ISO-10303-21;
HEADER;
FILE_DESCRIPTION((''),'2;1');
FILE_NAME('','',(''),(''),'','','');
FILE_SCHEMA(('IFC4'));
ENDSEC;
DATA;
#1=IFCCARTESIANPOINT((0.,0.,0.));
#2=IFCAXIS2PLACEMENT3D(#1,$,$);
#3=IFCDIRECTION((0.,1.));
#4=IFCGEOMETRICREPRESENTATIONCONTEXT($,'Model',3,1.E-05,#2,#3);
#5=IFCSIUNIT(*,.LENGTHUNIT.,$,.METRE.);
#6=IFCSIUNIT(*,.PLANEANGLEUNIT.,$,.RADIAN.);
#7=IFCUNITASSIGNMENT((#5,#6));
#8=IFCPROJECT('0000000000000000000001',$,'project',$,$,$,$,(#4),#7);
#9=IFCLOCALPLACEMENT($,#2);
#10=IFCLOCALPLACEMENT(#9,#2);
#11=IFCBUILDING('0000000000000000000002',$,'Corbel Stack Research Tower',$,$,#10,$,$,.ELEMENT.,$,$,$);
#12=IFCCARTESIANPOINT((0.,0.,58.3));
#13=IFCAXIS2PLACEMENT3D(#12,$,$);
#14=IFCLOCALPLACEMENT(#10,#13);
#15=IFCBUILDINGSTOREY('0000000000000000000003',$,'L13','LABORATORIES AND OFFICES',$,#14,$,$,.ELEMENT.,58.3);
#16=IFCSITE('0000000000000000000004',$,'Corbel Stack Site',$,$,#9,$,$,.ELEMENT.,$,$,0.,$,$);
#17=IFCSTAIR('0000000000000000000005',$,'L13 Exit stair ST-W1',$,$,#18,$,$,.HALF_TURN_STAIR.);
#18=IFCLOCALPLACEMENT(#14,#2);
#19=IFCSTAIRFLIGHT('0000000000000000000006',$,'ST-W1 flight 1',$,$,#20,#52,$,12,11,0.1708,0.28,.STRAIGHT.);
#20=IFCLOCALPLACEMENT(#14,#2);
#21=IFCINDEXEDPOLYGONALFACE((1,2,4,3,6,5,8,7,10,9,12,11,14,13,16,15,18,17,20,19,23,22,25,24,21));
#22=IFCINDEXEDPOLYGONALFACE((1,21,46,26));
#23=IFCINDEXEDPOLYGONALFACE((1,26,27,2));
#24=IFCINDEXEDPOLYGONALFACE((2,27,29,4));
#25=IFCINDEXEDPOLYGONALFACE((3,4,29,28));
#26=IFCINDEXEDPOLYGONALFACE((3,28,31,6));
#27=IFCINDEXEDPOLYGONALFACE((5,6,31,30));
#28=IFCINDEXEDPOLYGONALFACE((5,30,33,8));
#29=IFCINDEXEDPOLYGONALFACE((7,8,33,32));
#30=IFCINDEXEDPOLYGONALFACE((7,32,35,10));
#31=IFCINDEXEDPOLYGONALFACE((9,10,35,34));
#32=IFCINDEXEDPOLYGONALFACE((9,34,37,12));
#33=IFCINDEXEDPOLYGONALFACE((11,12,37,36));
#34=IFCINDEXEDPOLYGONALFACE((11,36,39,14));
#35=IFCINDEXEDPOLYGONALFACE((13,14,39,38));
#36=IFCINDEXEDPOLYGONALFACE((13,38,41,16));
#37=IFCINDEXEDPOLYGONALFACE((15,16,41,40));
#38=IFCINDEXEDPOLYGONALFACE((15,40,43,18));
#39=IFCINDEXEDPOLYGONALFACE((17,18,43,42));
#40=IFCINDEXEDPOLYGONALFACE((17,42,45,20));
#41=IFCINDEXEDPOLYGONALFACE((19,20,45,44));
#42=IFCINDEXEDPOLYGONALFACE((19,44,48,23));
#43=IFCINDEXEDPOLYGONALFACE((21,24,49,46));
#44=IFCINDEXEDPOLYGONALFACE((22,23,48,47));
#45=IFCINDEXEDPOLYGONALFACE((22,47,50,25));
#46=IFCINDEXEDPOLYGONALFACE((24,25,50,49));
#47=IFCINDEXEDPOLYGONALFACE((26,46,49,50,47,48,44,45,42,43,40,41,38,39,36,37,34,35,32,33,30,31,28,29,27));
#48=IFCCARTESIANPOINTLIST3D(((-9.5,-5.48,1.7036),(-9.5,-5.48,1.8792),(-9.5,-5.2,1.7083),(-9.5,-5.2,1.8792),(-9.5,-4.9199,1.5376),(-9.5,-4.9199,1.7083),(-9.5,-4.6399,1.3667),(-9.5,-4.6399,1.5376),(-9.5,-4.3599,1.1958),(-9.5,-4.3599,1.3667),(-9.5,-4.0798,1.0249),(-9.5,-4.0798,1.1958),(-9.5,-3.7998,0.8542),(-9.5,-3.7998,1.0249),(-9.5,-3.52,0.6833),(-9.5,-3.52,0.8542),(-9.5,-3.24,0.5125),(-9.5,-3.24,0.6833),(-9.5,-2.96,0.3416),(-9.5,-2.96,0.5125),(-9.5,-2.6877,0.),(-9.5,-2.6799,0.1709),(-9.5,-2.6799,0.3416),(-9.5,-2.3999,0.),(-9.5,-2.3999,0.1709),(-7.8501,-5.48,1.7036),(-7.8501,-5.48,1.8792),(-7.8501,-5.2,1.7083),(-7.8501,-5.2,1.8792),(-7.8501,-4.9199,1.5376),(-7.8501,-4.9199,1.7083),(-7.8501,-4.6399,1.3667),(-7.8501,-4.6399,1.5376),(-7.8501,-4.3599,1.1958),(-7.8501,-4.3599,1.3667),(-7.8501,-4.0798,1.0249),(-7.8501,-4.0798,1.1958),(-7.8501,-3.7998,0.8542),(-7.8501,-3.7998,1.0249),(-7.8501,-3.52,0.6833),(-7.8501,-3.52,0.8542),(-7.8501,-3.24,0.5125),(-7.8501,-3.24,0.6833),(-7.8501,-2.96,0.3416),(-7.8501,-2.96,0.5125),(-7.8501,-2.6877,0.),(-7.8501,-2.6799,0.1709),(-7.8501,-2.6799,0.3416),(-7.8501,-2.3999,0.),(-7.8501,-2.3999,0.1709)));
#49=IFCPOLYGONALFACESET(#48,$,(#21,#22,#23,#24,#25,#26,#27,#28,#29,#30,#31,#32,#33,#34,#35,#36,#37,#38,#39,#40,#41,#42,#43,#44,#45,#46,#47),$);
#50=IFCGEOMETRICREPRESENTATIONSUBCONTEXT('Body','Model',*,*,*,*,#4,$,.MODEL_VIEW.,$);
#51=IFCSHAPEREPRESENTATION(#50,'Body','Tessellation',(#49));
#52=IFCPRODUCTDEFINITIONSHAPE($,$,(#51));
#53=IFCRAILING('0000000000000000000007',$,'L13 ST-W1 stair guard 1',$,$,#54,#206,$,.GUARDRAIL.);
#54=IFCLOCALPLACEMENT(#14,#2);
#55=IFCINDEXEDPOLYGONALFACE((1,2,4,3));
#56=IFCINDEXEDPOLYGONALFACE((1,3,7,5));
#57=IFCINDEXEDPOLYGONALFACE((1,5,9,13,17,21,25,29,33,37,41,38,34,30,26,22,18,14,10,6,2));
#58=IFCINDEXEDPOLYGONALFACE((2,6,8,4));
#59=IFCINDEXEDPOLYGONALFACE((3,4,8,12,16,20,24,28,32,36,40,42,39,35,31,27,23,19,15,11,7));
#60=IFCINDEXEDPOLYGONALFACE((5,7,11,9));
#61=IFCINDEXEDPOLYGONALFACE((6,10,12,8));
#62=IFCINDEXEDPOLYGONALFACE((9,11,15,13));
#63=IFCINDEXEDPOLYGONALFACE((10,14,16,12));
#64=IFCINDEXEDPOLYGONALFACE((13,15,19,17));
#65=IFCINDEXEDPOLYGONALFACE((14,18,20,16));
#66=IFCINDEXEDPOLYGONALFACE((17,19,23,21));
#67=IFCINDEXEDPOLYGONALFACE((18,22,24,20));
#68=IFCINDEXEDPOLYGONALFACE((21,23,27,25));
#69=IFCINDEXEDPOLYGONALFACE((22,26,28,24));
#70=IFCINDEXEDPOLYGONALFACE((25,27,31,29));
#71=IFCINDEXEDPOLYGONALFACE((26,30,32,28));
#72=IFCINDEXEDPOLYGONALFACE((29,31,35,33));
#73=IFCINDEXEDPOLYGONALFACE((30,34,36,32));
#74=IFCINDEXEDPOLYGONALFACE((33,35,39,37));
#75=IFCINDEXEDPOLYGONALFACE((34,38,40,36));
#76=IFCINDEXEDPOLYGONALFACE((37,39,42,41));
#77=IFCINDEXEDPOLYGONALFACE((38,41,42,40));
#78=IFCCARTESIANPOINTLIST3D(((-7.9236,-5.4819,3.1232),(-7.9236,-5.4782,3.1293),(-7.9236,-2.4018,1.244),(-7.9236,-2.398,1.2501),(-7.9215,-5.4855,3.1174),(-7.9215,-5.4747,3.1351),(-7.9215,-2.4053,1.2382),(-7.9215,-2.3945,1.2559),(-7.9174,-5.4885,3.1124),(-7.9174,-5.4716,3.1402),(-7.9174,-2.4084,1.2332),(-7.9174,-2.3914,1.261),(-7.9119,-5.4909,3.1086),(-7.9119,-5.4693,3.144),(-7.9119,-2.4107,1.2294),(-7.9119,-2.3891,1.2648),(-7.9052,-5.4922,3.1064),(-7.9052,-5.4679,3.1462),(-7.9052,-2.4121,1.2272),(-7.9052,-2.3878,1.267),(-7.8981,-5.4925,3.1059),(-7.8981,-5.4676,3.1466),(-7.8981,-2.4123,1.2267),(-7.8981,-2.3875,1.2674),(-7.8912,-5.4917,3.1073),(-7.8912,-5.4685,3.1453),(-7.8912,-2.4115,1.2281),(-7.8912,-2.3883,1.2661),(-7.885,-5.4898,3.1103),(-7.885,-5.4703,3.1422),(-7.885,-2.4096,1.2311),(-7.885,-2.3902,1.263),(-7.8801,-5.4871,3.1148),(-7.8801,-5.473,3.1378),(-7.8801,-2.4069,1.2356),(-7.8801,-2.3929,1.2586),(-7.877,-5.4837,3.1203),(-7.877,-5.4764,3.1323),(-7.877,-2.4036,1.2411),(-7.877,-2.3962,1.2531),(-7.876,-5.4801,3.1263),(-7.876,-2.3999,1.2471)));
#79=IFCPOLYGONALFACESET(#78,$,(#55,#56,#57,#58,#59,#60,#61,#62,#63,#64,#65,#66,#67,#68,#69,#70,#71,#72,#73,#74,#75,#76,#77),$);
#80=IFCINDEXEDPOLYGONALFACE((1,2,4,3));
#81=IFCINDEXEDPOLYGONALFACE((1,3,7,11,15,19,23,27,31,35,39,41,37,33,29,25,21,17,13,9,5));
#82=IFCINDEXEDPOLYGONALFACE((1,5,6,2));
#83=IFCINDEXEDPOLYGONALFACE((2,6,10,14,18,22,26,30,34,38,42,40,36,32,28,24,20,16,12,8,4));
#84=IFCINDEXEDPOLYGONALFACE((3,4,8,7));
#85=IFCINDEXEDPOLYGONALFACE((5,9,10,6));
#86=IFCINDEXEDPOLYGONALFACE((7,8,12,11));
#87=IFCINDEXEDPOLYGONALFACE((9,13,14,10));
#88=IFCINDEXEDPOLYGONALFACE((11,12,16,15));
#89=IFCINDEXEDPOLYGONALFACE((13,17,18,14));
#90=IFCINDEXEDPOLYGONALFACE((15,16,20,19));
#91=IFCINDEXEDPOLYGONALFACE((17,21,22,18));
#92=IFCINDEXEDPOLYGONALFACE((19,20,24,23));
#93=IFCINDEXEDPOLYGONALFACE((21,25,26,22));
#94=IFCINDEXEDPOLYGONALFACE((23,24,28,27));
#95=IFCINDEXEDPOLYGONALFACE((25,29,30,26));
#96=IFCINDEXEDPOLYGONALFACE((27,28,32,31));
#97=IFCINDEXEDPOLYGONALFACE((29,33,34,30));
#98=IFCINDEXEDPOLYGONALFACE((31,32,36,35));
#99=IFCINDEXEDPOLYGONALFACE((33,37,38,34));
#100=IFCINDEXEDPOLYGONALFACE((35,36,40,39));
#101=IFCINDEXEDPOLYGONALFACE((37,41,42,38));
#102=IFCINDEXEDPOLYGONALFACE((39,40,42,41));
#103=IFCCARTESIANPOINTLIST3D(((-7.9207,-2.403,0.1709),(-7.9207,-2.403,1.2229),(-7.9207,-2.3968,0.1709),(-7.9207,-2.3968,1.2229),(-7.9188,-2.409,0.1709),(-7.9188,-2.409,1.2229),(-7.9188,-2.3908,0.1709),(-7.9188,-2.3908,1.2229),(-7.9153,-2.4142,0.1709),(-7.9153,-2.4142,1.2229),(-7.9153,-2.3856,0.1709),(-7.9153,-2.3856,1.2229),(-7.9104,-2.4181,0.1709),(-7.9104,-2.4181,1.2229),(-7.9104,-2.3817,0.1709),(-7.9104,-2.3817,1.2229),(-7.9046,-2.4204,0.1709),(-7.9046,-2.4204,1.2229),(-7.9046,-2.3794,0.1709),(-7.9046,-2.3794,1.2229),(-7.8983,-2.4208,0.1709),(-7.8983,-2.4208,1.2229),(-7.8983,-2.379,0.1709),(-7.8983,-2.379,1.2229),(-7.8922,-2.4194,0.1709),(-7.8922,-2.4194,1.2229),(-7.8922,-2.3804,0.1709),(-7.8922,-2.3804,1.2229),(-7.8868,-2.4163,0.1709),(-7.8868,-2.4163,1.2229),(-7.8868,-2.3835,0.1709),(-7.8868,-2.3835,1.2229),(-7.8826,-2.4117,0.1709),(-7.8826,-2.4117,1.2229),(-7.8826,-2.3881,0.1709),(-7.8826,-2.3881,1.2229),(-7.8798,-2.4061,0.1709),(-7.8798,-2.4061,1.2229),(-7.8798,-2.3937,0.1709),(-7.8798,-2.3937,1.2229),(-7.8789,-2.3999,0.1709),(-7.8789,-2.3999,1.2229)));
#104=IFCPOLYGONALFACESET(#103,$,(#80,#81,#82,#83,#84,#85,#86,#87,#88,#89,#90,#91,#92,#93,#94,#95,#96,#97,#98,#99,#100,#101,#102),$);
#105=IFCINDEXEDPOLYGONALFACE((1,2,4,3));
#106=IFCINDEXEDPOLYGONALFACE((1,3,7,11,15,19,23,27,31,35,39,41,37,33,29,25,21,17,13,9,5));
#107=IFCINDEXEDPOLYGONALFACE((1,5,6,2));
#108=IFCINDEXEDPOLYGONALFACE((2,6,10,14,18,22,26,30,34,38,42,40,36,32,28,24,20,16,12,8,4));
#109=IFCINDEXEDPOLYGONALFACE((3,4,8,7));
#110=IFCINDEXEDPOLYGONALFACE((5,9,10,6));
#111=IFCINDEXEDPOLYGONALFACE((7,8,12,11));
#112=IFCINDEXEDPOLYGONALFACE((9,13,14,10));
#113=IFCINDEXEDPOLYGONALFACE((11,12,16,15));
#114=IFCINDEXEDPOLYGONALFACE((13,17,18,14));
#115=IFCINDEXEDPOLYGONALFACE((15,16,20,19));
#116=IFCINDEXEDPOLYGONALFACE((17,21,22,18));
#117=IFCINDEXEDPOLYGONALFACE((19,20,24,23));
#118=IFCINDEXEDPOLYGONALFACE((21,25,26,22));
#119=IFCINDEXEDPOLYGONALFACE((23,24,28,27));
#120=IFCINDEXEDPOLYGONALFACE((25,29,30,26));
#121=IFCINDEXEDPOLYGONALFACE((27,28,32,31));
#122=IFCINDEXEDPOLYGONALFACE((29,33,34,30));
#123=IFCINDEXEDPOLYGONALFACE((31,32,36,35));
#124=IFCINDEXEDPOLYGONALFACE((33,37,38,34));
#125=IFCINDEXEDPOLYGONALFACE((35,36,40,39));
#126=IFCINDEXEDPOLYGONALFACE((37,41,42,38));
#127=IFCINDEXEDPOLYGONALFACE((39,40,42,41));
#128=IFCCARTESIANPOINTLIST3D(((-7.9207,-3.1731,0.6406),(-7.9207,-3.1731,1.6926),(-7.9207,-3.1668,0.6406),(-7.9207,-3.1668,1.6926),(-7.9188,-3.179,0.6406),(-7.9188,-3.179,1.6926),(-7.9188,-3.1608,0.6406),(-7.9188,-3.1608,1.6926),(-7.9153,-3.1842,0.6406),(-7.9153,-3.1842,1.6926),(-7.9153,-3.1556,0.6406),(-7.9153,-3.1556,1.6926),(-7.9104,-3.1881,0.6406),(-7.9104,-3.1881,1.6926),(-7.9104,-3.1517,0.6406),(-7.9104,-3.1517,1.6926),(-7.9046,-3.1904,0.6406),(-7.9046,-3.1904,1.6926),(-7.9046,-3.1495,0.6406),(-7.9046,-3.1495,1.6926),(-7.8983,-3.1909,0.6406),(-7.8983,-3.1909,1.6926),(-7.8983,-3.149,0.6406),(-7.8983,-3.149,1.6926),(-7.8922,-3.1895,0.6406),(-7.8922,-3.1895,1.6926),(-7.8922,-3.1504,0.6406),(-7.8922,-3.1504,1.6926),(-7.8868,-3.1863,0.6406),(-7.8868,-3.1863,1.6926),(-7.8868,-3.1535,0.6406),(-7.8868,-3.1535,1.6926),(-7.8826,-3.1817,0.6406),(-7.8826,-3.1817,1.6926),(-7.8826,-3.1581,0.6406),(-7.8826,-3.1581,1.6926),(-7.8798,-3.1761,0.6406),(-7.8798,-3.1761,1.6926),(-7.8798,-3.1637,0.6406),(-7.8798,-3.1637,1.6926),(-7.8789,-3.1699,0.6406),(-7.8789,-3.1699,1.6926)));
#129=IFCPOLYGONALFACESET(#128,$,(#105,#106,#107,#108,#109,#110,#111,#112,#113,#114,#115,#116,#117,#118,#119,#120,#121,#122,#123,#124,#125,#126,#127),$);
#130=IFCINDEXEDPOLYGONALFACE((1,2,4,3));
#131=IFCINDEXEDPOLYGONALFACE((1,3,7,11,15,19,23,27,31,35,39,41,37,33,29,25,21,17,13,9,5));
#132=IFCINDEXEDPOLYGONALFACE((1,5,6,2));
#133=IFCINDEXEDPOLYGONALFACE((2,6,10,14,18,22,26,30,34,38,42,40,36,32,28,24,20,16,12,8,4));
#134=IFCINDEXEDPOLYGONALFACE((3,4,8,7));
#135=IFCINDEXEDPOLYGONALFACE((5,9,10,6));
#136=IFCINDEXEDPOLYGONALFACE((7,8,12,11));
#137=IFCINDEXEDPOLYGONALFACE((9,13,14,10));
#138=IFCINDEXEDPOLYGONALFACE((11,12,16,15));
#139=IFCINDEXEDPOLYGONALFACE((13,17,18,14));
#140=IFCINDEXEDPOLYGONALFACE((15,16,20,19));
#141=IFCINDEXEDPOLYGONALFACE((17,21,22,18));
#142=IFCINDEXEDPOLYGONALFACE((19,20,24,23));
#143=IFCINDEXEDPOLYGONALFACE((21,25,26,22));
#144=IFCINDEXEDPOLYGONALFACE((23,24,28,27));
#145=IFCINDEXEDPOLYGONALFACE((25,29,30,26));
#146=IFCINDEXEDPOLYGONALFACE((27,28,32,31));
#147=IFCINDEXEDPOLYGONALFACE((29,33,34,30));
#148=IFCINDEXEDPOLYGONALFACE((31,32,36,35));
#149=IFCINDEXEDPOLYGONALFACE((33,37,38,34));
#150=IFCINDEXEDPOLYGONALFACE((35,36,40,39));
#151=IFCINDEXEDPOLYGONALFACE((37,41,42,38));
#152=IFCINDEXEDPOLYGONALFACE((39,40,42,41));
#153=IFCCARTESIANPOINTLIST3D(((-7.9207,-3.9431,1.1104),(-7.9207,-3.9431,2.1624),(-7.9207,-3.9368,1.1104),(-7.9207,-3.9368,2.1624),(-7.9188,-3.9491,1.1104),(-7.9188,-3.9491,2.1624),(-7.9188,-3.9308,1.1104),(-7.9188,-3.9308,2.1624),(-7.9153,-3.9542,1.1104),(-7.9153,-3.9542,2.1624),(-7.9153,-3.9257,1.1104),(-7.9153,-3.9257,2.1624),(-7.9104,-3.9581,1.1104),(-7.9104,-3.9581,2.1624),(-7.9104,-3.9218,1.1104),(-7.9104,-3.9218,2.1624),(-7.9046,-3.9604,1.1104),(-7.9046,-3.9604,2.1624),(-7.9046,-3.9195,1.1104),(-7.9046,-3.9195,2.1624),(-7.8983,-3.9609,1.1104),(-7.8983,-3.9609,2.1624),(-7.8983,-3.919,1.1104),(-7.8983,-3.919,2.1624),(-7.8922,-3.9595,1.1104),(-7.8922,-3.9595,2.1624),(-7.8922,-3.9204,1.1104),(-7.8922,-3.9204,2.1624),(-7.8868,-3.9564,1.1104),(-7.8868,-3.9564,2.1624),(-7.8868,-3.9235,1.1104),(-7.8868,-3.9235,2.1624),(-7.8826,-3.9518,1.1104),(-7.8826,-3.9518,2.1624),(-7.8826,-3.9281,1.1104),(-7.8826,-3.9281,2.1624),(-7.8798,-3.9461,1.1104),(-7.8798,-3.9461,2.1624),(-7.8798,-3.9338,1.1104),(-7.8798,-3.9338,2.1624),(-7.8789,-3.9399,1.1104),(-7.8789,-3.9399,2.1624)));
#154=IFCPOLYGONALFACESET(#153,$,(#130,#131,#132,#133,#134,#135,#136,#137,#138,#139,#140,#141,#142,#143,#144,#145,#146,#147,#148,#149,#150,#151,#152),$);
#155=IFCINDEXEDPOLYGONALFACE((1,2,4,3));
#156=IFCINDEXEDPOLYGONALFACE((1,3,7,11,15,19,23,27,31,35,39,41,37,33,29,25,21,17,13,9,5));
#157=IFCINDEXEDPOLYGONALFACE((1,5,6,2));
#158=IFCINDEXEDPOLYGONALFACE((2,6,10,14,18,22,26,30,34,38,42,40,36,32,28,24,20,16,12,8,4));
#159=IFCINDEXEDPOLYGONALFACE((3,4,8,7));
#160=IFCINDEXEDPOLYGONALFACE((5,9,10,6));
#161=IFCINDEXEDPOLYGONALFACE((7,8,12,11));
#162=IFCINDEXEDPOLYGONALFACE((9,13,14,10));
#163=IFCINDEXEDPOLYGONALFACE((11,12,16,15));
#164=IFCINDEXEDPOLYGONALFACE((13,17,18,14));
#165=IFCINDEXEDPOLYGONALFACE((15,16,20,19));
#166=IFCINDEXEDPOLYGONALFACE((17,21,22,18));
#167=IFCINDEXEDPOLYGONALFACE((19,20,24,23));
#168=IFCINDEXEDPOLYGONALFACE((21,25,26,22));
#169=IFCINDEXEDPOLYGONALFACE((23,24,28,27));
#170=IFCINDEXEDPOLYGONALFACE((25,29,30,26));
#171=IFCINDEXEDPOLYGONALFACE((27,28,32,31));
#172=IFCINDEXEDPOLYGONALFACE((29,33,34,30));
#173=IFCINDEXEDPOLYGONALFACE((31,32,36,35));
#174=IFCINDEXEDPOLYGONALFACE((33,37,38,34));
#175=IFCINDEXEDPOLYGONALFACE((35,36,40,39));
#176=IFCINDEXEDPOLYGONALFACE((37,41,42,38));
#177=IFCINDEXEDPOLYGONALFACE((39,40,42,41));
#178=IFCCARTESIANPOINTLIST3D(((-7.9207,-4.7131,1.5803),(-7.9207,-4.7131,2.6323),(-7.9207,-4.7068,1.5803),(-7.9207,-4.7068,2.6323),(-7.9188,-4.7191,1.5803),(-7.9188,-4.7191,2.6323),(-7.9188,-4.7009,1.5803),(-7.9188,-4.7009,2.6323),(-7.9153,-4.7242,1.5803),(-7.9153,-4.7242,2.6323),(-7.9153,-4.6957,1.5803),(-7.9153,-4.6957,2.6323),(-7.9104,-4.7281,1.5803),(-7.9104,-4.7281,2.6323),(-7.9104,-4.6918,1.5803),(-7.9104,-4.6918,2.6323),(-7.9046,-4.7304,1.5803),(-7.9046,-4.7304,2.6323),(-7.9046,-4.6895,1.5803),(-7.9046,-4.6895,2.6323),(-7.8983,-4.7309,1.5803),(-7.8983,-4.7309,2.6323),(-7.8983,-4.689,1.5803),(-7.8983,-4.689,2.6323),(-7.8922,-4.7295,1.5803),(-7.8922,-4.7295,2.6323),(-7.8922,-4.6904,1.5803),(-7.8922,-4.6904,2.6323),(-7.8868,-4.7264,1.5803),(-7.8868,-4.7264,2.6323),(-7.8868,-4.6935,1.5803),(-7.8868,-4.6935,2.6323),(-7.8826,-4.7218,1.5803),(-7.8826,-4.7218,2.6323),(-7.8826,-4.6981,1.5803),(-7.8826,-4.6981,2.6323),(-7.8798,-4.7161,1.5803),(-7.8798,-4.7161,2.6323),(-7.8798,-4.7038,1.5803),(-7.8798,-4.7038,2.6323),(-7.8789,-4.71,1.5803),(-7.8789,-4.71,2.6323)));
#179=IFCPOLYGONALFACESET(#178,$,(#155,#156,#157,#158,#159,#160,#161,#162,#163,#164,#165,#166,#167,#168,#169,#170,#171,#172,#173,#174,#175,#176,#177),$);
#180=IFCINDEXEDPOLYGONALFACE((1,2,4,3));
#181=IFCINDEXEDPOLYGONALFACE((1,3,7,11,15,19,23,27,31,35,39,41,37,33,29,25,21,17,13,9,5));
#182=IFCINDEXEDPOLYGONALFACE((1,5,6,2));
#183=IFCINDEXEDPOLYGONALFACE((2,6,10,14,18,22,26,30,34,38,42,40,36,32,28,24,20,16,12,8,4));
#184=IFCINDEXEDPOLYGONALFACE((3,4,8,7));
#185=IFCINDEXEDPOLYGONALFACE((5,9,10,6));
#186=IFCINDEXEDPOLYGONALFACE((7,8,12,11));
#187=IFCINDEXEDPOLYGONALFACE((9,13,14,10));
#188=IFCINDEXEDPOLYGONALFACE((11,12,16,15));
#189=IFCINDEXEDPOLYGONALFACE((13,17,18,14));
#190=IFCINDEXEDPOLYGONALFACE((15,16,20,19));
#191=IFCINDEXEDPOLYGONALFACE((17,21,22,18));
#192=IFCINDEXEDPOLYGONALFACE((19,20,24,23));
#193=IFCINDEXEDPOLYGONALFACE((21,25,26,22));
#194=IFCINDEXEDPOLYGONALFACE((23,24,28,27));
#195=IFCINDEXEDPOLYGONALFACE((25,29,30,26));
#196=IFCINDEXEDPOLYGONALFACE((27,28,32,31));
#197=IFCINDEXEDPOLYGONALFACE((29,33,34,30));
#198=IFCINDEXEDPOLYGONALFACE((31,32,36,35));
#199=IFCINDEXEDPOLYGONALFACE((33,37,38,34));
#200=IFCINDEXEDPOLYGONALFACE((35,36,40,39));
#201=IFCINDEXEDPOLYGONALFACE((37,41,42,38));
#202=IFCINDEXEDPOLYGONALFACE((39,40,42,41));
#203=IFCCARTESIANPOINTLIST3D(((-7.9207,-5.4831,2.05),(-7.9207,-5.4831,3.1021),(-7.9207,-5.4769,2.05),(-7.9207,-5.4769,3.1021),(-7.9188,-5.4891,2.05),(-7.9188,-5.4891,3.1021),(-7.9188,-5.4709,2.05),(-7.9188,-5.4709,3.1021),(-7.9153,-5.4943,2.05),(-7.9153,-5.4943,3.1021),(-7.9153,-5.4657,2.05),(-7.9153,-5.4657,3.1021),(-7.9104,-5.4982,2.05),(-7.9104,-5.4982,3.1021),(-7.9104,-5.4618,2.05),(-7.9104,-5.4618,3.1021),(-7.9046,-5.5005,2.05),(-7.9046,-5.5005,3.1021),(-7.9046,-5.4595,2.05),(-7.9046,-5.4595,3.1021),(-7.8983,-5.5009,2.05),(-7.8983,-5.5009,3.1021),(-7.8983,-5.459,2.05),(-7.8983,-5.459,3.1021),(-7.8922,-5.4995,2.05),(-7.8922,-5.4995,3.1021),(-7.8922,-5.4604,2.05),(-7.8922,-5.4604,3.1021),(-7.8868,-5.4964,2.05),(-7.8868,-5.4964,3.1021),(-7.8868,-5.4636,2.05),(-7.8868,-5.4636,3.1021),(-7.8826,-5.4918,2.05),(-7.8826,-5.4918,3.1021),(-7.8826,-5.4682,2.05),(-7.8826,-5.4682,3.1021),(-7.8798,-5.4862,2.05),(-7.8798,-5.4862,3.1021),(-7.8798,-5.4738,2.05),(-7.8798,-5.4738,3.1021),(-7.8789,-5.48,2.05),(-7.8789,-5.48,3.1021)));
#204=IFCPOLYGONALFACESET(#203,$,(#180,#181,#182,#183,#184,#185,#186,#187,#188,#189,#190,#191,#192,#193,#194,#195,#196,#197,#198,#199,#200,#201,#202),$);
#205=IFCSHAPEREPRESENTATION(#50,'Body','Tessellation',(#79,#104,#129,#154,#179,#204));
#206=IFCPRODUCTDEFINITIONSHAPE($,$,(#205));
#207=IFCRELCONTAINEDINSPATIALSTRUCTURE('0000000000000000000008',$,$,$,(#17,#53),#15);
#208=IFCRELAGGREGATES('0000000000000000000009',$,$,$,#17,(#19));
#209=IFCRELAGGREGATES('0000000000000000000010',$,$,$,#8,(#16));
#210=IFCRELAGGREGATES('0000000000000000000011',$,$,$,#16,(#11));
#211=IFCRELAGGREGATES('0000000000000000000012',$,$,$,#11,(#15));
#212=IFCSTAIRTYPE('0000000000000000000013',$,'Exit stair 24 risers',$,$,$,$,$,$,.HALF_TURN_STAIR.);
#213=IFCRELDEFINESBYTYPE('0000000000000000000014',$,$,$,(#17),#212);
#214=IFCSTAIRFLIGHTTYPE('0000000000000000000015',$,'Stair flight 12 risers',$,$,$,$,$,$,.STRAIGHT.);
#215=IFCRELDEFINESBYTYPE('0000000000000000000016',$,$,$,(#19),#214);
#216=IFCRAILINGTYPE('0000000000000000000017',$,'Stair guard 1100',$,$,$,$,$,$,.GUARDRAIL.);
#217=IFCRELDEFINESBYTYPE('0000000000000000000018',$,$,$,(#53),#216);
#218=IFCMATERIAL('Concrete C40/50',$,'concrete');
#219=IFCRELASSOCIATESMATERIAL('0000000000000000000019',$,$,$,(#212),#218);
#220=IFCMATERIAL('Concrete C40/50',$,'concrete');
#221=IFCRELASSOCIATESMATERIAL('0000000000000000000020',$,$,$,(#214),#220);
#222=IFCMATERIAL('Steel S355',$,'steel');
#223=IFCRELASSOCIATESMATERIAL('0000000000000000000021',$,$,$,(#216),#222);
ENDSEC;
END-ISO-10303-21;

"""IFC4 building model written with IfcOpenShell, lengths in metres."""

from ifc_helpers import new_model, si_unit, direction, frame, origin, origin_2d, place, context, subcontext, project, spatial, polyline, circle, outline, extrude, material, type_object, element, aggregate, save


model = new_model("IFC4")

# Units and contexts
model_context = context("Model", 3, precision=1e-05, world=origin(), true_north=direction((0.0, 1.0)))
body_context = subcontext(model_context, "Body", "Model", "MODEL_VIEW")
ifc_project = project(units=[si_unit("LENGTHUNIT", "METRE"), si_unit("PLANEANGLEUNIT", "RADIAN")], contexts=[model_context])

# Site, building, storey
site_placement = place(None, origin())
site = spatial("IfcSite", under=ifc_project, at=site_placement, Name="Corbel Stack Site", CompositionType="ELEMENT", RefElevation=0.0)
building_placement = place(site_placement, origin())
building = spatial("IfcBuilding", under=site, at=building_placement, Name="Corbel Stack Research Tower", CompositionType="ELEMENT")
storey_placement = place(building_placement, frame((0.0, 0.0, 58.3)))
storey = spatial("IfcBuildingStorey", under=building, at=storey_placement, Name="L13", Description="LABORATORIES AND OFFICES", CompositionType="ELEMENT", Elevation=58.3)

# Stair, stair flight
ifc_material_1 = material(Name="Concrete C40/50", Category="concrete")
stair_type = type_object("IfcStairType", Name="Exit stair 24 risers", PredefinedType="HALF_TURN_STAIR", material=ifc_material_1)
stair_placement = place(storey_placement, origin())
stair = element("IfcStair", 1, at=stair_placement, inside=storey, type_object=stair_type, Name="L13 Exit stair ST-W1", PredefinedType="HALF_TURN_STAIR")
ifc_material_2 = material(Name="Concrete C40/50", Category="concrete")
stair_flight_type = type_object("IfcStairFlightType", Name="Stair flight 12 risers", PredefinedType="STRAIGHT", material=ifc_material_2)
stair_flight_placement = place(storey_placement, frame((-8.675, -2.3999, 0.0), z_axis=(0.0, 0.0, 1.0), x_axis=(0.0, -1.0, 0.0)))
stair_flight = element("IfcStairFlight", 2, at=stair_flight_placement, type_object=stair_flight_type, Name="ST-W1 flight 1", NumberOfRisers=12, NumberOfTreads=11, PredefinedType="STRAIGHT", RiserHeight=0.1708, TreadLength=0.28, context=body_context, shape_type="SweptSolid", body=[
    extrude(outline(polyline([(0.0, 0.0), (0.0, 0.1709), (0.28, 0.1709), (0.28, 0.3416), (0.5601, 0.3416), (0.5601, 0.5125), (0.8401, 0.5125), (0.8401, 0.6833), (1.1201, 0.6833), (1.1201, 0.8542), (1.3999, 0.8542), (1.3999, 1.0249), (1.6799, 1.0249), (1.6799, 1.1958), (1.96, 1.1958), (1.96, 1.3667), (2.24, 1.3667), (2.24, 1.5376), (2.52, 1.5376), (2.52, 1.7083), (2.8, 1.7083), (2.8, 1.8792), (3.0801, 1.8792), (3.0801, 2.05), (3.0801, 1.7036), (0.2878, 0.0), (0.0, 0.0)])), frame((0.0, 0.825, 0.0), z_axis=(0.0, -1.0, 0.0), x_axis=(1.0, 0.0, 0.0)), (0.0, 0.0, 1.0), 1.6499),
])
aggregate(stair, [stair_flight])

# Railing
ifc_material_3 = material(Name="Steel S355", Category="steel")
railing_type_1 = type_object("IfcRailingType", Name="Stair guard 1100", PredefinedType="GUARDRAIL", material=ifc_material_3)
railing_1_placement = place(storey_placement, frame((-7.8999, -2.3999, 0.1709)))
element("IfcRailing", 3, at=railing_1_placement, inside=storey, type_object=railing_type_1, Name="L13 ST-W1 stair guard 1", PredefinedType="GUARDRAIL", context=body_context, shape_type="SweptSolid", body=[
    extrude(circle(Radius=0.0239, at=origin_2d()), frame((0.0, 0.0, 1.0762), z_axis=(0.0, -0.853666, 0.52082), x_axis=(1.0, 0.0, 0.0)), (0.0, 0.0, 1.0), 3.6082),
    extrude(circle(Radius=0.021, at=origin_2d()), origin(), (0.0, 0.0, 1.0), 1.052),
    extrude(circle(Radius=0.021, at=origin_2d()), frame((0.0, -0.77, 0.4697)), (0.0, 0.0, 1.0), 1.052),
    extrude(circle(Radius=0.021, at=origin_2d()), frame((0.0, -1.54, 0.9395)), (0.0, 0.0, 1.0), 1.052),
    extrude(circle(Radius=0.021, at=origin_2d()), frame((0.0, -2.3101, 1.4094)), (0.0, 0.0, 1.0), 1.052),
    extrude(circle(Radius=0.021, at=origin_2d()), frame((0.0, -3.0801, 1.8792)), (0.0, 0.0, 1.0), 1.052),
])

save(model, "model.ifc")
